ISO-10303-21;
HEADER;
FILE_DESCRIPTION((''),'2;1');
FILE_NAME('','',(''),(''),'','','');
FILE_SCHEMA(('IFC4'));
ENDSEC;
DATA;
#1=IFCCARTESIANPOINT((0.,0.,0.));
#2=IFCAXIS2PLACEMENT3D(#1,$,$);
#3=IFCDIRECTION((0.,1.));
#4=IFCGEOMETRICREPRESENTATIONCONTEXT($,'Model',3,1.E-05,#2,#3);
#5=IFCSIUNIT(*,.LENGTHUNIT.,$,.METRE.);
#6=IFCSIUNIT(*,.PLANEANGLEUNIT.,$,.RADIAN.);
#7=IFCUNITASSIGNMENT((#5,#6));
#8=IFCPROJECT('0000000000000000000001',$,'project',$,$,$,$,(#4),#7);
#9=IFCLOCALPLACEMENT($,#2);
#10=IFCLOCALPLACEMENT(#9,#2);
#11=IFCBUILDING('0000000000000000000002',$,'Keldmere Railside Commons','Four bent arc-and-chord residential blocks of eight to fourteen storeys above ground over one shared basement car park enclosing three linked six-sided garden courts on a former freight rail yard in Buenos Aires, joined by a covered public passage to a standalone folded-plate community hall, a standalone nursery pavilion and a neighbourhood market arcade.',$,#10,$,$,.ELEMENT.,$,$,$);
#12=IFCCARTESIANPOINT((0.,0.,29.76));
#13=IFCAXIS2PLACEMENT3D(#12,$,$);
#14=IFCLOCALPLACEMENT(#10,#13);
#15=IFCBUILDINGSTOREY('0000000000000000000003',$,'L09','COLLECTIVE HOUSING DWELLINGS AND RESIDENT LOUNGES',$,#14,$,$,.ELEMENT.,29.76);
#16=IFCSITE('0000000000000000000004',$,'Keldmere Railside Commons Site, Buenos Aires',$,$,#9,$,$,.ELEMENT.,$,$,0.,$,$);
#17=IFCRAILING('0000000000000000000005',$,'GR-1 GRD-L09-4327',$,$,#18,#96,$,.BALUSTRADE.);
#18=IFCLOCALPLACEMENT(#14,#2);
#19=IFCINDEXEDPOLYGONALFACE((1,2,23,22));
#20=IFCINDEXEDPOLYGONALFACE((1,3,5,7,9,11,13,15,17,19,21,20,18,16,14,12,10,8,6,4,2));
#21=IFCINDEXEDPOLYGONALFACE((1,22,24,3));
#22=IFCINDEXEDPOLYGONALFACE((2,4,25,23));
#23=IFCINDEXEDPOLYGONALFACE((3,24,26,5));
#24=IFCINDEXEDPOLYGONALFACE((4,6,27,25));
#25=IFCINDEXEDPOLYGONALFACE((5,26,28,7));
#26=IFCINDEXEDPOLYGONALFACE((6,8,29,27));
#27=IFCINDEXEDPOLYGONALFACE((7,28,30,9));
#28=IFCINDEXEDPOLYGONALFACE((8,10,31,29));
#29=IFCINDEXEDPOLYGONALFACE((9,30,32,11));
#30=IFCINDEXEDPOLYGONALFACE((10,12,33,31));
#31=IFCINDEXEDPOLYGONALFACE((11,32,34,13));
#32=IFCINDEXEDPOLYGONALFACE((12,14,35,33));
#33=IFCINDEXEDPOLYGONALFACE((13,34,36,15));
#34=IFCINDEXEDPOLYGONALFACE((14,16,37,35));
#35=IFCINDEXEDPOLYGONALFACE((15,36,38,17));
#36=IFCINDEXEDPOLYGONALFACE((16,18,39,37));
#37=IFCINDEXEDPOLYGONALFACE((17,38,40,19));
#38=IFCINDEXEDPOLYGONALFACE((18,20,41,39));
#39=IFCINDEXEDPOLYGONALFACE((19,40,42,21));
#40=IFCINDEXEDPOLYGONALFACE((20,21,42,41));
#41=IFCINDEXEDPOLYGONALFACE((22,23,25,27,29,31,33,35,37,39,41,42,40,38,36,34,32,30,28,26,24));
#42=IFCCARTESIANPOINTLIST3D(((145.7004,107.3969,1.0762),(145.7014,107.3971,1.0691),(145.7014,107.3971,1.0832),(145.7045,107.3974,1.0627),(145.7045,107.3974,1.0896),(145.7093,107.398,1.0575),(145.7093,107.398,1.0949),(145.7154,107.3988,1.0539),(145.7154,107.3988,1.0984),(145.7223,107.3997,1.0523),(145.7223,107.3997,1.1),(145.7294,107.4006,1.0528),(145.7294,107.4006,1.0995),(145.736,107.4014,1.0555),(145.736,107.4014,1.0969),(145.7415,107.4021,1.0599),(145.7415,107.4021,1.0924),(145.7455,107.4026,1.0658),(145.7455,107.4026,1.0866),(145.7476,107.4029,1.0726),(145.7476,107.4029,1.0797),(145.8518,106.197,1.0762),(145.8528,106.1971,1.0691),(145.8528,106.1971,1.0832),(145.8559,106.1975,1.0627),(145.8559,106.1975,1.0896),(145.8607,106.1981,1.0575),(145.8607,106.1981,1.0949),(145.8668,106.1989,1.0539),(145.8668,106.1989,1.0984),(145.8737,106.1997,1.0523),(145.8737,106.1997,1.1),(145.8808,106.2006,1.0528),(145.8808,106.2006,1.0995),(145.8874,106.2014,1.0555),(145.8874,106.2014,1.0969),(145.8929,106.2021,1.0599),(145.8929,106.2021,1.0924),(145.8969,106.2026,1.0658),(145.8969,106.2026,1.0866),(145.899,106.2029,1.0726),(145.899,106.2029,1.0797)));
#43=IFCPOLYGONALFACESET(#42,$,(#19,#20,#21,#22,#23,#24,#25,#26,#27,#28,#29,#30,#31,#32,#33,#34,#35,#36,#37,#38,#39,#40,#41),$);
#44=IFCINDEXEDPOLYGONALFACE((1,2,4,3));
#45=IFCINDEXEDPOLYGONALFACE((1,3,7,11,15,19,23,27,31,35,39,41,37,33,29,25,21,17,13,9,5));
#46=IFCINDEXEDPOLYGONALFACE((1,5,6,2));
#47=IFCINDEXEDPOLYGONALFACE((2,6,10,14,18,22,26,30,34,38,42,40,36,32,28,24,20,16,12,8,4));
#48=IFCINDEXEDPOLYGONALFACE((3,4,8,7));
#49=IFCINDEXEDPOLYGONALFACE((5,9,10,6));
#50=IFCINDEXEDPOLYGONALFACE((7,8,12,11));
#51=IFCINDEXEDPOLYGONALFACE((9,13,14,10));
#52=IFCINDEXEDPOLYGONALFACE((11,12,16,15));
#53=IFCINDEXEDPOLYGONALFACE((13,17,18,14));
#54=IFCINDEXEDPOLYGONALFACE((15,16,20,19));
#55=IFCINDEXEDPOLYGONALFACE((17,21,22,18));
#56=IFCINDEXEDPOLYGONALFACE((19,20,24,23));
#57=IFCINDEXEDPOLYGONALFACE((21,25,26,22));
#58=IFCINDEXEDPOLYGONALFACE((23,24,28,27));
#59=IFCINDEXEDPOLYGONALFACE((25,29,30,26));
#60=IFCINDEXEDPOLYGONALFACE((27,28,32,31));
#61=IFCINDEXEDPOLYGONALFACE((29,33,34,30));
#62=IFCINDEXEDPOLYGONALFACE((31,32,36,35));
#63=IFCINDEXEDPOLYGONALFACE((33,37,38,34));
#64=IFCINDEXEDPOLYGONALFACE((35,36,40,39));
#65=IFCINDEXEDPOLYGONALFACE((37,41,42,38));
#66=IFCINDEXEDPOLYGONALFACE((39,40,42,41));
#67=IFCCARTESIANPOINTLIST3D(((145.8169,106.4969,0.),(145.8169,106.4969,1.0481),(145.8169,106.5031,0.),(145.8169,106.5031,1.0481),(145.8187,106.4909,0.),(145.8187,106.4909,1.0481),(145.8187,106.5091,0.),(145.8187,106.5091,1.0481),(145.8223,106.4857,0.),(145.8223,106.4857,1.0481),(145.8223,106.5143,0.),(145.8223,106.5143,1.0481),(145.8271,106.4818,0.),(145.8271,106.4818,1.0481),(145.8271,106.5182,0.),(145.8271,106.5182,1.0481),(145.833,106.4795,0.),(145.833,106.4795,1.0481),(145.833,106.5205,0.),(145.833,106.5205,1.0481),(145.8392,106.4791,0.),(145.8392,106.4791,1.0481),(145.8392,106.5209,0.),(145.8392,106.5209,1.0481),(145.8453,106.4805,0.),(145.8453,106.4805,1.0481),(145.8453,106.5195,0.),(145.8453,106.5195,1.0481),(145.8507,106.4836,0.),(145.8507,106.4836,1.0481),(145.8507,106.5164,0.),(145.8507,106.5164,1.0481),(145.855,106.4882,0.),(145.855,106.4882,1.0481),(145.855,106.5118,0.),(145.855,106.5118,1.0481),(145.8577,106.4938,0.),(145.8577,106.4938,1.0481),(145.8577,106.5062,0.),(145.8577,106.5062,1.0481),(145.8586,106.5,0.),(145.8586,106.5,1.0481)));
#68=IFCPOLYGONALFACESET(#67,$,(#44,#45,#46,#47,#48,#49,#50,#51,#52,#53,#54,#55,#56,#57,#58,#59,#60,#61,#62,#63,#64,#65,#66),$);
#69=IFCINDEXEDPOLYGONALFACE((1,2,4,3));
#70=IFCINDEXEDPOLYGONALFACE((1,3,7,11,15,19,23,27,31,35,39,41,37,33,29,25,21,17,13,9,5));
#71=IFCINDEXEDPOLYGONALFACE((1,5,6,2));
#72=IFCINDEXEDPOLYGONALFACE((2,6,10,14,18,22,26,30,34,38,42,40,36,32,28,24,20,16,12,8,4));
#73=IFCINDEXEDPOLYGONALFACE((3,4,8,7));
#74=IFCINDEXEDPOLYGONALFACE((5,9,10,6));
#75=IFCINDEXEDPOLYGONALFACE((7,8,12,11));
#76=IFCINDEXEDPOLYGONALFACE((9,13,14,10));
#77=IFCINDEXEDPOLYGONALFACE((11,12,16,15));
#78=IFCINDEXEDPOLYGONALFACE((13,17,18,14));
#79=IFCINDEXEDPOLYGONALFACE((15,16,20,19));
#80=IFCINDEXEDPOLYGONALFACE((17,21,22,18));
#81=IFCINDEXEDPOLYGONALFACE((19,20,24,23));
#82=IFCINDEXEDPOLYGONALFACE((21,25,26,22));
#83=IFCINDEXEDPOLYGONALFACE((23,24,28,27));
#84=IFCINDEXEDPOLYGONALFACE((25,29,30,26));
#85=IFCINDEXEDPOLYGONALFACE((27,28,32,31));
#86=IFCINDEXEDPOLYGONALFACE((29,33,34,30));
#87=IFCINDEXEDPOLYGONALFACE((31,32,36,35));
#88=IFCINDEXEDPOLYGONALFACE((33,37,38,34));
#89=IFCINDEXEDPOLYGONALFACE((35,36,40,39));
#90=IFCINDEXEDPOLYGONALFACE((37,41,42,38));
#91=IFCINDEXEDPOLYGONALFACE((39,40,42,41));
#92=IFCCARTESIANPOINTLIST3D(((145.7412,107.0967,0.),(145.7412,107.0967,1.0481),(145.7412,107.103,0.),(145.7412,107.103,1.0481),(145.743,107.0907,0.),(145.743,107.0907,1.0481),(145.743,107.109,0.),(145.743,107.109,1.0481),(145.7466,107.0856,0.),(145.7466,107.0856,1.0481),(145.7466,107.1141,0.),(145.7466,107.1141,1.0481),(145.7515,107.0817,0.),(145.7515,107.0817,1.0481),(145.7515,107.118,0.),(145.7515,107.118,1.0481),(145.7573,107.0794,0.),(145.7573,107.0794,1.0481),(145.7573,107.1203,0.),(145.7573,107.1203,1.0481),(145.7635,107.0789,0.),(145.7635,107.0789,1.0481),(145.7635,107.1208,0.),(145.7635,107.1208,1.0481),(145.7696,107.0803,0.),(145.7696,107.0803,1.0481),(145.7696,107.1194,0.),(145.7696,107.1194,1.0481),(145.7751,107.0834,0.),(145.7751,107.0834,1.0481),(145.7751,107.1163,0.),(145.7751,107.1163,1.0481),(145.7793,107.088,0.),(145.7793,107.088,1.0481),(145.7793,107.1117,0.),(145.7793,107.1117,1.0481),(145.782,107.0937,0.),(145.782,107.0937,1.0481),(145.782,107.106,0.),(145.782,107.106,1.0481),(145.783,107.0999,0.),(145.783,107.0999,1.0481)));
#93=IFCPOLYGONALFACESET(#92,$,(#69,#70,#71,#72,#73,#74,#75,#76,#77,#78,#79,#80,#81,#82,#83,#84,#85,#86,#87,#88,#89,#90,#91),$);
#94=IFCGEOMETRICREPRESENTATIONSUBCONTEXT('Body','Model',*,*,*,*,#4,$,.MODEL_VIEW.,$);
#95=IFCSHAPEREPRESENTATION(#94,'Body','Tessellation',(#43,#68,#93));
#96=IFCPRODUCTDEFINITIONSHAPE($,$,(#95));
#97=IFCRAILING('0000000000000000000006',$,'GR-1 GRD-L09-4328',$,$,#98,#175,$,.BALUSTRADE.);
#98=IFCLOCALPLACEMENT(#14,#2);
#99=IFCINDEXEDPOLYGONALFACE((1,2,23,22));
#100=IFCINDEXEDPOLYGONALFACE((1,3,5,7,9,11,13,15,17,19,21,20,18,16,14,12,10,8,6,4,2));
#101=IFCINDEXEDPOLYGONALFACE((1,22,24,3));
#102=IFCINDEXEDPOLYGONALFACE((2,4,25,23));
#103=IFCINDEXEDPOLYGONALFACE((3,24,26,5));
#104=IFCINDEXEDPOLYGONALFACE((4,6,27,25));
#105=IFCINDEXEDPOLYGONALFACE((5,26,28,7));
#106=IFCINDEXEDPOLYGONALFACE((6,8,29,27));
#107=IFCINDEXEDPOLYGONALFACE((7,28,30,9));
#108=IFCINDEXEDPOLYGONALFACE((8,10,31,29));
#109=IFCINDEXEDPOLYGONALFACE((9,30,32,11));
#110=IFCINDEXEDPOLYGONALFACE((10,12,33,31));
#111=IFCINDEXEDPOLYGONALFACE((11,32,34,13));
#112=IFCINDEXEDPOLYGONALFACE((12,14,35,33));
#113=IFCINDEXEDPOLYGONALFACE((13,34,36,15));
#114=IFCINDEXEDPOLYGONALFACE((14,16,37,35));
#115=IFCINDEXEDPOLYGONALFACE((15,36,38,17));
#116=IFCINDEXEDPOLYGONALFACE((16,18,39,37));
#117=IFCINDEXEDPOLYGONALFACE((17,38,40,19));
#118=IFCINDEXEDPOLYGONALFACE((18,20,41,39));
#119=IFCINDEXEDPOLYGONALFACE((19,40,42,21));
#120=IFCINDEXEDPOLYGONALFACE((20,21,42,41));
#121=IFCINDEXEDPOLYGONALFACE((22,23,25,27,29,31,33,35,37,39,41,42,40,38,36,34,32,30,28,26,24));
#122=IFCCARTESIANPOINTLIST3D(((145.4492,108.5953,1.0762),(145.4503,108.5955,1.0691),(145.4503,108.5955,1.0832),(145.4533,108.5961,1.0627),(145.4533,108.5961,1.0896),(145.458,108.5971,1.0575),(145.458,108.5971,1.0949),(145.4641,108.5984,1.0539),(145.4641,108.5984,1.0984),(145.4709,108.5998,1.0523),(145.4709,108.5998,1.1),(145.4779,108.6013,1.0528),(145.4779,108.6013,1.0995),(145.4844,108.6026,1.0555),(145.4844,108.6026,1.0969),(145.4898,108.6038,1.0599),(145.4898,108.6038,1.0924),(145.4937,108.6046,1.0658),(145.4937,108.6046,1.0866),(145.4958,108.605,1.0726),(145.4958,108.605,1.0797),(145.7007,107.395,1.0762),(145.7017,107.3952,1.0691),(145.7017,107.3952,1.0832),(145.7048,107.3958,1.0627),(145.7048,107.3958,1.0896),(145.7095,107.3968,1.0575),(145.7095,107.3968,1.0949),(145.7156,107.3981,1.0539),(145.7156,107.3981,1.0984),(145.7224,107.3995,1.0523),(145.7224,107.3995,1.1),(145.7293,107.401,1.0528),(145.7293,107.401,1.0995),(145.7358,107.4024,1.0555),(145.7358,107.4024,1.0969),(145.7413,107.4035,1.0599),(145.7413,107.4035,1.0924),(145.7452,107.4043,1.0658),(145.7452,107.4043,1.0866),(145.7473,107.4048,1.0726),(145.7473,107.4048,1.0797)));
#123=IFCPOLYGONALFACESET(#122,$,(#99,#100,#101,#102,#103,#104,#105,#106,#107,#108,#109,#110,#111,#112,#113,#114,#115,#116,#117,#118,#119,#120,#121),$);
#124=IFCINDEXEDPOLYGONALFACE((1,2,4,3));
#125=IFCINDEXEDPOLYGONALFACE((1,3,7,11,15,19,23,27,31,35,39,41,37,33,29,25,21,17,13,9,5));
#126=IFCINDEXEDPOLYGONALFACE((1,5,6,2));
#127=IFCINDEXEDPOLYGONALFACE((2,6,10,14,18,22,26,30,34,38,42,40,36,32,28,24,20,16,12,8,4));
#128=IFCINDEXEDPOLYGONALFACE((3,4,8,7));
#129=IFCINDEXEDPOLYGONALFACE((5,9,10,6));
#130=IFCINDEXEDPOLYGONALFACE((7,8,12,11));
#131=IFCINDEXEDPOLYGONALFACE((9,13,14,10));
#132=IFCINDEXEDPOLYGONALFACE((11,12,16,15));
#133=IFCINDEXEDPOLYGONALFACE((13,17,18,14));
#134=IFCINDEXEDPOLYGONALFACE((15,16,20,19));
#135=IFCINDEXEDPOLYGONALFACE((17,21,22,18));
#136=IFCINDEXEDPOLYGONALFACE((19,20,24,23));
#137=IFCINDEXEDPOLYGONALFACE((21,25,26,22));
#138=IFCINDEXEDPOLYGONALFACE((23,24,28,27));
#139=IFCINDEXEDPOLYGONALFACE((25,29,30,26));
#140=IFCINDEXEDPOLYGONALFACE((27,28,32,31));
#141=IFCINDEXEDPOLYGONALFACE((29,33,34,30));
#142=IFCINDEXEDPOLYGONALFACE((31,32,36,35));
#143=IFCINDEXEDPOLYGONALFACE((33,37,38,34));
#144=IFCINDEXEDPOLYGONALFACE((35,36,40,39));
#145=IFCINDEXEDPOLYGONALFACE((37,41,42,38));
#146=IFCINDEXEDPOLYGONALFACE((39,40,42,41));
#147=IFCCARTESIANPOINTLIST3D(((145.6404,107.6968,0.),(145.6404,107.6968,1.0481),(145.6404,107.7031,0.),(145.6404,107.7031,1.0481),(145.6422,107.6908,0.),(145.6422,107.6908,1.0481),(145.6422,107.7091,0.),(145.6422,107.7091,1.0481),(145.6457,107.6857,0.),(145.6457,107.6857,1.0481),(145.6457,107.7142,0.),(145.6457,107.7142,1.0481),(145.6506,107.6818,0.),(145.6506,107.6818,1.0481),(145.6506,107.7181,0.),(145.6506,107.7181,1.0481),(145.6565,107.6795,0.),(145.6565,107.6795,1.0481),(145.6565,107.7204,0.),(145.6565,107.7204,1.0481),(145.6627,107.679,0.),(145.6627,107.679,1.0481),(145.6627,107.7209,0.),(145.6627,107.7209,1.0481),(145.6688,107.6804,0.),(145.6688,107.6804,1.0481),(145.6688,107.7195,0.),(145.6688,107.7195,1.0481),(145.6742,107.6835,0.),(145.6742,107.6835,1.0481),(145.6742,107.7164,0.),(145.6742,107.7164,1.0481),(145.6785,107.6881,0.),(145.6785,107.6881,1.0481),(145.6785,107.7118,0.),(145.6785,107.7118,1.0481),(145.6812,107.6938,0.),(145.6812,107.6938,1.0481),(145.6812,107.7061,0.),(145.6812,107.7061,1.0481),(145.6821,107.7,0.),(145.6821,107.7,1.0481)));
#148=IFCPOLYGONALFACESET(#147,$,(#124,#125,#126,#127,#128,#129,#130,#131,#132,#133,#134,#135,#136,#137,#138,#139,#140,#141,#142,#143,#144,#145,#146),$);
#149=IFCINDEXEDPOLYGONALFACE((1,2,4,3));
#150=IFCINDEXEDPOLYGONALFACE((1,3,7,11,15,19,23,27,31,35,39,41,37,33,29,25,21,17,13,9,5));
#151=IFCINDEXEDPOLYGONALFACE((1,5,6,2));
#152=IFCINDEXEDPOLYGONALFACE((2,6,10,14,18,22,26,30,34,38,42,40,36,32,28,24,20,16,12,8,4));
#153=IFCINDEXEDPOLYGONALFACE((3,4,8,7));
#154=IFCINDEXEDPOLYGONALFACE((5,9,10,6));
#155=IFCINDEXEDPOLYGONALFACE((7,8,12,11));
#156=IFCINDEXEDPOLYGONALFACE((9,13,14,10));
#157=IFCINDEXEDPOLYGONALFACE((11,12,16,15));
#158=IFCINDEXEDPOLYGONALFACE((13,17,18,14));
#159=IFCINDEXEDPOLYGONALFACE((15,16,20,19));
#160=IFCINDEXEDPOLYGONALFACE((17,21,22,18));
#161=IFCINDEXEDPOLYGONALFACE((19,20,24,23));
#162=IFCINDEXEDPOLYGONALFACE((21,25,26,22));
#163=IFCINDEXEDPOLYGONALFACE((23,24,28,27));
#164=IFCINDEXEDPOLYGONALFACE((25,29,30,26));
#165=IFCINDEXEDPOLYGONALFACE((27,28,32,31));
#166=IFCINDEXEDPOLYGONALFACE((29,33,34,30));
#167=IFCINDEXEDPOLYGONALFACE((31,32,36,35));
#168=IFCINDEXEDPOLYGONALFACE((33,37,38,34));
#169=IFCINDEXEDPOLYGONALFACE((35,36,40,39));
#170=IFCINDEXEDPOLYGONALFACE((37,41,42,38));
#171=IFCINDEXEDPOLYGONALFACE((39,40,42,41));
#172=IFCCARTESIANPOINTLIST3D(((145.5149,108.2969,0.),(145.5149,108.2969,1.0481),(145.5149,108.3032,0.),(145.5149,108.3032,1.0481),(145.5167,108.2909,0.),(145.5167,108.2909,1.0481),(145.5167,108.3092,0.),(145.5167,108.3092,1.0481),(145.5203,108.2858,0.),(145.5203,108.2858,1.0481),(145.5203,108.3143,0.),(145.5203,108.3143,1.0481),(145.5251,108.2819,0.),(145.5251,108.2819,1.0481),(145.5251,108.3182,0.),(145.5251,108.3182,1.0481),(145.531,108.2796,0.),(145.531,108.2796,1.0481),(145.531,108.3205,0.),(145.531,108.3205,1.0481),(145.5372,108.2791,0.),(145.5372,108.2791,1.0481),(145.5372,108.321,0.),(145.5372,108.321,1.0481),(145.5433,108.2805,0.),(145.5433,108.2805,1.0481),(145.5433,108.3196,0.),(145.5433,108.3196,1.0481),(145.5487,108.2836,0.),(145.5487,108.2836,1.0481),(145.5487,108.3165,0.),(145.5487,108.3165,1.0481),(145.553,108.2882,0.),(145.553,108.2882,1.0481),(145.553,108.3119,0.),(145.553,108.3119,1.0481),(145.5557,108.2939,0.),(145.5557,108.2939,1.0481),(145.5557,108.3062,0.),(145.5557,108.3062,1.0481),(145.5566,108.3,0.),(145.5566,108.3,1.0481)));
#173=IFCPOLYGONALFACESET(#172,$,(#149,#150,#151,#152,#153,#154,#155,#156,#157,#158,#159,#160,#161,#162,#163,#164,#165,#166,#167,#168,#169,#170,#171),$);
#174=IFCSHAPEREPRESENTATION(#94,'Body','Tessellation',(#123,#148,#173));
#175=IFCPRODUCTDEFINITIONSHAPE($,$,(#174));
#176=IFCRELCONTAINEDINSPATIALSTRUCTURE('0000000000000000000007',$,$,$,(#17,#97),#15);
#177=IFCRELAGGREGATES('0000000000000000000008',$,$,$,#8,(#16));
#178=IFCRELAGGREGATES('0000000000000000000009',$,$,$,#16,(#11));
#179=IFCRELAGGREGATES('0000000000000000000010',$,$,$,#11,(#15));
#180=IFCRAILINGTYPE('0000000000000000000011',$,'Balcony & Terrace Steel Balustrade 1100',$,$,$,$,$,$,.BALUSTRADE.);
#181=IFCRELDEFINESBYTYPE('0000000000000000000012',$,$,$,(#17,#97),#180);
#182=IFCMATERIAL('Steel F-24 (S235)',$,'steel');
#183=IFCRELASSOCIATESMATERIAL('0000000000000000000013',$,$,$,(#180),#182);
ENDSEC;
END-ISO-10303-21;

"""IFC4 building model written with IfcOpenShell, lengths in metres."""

from ifc_helpers import new_model, si_unit, direction, frame, origin, origin_2d, place, context, subcontext, project, spatial, circle, extrude, material, type_object, element, save


model = new_model("IFC4")

# Units and contexts
model_context = context("Model", 3, precision=1e-05, world=origin(), true_north=direction((0.0, 1.0)))
body_context = subcontext(model_context, "Body", "Model", "MODEL_VIEW")
ifc_project = project(units=[si_unit("LENGTHUNIT", "METRE"), si_unit("PLANEANGLEUNIT", "RADIAN")], contexts=[model_context])

# Site, building, storey
site_placement = place(None, origin())
site = spatial("IfcSite", under=ifc_project, at=site_placement, Name="Keldmere Railside Commons Site, Buenos Aires", CompositionType="ELEMENT", RefElevation=0.0)
building_placement = place(site_placement, origin())
building = spatial("IfcBuilding", under=site, at=building_placement, Name="Keldmere Railside Commons", Description="Four bent arc-and-chord residential blocks of eight to fourteen storeys above ground over one shared basement car park enclosing three linked six-sided garden courts on a former freight rail yard in Buenos Aires, joined by a covered public passage to a standalone folded-plate community hall, a standalone nursery pavilion and a neighbourhood market arcade.", CompositionType="ELEMENT")
storey_placement = place(building_placement, frame((0.0, 0.0, 29.76)))
storey = spatial("IfcBuildingStorey", under=building, at=storey_placement, Name="L09", Description="COLLECTIVE HOUSING DWELLINGS AND RESIDENT LOUNGES", CompositionType="ELEMENT", Elevation=29.76)

# Shared definitions
ifc_material_1 = material(Name="Steel F-24 (S235)", Category="steel")

# Railings
railing_type = type_object("IfcRailingType", Name="Balcony & Terrace Steel Balustrade 1100", PredefinedType="BALUSTRADE", material=ifc_material_1)
railing_1_placement = place(storey_placement, frame((145.8755, 106.2, 0.0)))
element("IfcRailing", 1, at=railing_1_placement, inside=storey, type_object=railing_type, Name="GR-1 GRD-L09-4327", PredefinedType="BALUSTRADE", context=body_context, shape_type="SweptSolid", body=[
    extrude(circle(Radius=0.0239, at=origin_2d()), frame((0.0, 0.0, 1.0762), z_axis=(-0.125153, 0.992137, 0.0), x_axis=(-0.992137, -0.125153, 0.0)), (0.0, 0.0, 1.0), 1.2095),
    extrude(circle(Radius=0.021, at=origin_2d()), frame((-0.0378, 0.3, 0.0)), (0.0, 0.0, 1.0), 1.0481),
    extrude(circle(Radius=0.021, at=origin_2d()), frame((-0.1135, 0.8999, 0.0)), (0.0, 0.0, 1.0), 1.0481),
])
railing_2_placement = place(storey_placement, frame((145.7241, 107.3999, 0.0)))
element("IfcRailing", 2, at=railing_2_placement, inside=storey, type_object=railing_type, Name="GR-1 GRD-L09-4328", PredefinedType="BALUSTRADE", context=body_context, shape_type="SweptSolid", body=[
    extrude(circle(Radius=0.0239, at=origin_2d()), frame((0.0, 0.0, 1.0762), z_axis=(-0.205067, 0.978748, 0.0), x_axis=(-0.978748, -0.205067, 0.0)), (0.0, 0.0, 1.0), 1.2263),
    extrude(circle(Radius=0.021, at=origin_2d()), frame((-0.063, 0.3, 0.0)), (0.0, 0.0, 1.0), 1.0481),
    extrude(circle(Radius=0.021, at=origin_2d()), frame((-0.1885, 0.9001, 0.0)), (0.0, 0.0, 1.0), 1.0481),
])

save(model, "model.ifc")
